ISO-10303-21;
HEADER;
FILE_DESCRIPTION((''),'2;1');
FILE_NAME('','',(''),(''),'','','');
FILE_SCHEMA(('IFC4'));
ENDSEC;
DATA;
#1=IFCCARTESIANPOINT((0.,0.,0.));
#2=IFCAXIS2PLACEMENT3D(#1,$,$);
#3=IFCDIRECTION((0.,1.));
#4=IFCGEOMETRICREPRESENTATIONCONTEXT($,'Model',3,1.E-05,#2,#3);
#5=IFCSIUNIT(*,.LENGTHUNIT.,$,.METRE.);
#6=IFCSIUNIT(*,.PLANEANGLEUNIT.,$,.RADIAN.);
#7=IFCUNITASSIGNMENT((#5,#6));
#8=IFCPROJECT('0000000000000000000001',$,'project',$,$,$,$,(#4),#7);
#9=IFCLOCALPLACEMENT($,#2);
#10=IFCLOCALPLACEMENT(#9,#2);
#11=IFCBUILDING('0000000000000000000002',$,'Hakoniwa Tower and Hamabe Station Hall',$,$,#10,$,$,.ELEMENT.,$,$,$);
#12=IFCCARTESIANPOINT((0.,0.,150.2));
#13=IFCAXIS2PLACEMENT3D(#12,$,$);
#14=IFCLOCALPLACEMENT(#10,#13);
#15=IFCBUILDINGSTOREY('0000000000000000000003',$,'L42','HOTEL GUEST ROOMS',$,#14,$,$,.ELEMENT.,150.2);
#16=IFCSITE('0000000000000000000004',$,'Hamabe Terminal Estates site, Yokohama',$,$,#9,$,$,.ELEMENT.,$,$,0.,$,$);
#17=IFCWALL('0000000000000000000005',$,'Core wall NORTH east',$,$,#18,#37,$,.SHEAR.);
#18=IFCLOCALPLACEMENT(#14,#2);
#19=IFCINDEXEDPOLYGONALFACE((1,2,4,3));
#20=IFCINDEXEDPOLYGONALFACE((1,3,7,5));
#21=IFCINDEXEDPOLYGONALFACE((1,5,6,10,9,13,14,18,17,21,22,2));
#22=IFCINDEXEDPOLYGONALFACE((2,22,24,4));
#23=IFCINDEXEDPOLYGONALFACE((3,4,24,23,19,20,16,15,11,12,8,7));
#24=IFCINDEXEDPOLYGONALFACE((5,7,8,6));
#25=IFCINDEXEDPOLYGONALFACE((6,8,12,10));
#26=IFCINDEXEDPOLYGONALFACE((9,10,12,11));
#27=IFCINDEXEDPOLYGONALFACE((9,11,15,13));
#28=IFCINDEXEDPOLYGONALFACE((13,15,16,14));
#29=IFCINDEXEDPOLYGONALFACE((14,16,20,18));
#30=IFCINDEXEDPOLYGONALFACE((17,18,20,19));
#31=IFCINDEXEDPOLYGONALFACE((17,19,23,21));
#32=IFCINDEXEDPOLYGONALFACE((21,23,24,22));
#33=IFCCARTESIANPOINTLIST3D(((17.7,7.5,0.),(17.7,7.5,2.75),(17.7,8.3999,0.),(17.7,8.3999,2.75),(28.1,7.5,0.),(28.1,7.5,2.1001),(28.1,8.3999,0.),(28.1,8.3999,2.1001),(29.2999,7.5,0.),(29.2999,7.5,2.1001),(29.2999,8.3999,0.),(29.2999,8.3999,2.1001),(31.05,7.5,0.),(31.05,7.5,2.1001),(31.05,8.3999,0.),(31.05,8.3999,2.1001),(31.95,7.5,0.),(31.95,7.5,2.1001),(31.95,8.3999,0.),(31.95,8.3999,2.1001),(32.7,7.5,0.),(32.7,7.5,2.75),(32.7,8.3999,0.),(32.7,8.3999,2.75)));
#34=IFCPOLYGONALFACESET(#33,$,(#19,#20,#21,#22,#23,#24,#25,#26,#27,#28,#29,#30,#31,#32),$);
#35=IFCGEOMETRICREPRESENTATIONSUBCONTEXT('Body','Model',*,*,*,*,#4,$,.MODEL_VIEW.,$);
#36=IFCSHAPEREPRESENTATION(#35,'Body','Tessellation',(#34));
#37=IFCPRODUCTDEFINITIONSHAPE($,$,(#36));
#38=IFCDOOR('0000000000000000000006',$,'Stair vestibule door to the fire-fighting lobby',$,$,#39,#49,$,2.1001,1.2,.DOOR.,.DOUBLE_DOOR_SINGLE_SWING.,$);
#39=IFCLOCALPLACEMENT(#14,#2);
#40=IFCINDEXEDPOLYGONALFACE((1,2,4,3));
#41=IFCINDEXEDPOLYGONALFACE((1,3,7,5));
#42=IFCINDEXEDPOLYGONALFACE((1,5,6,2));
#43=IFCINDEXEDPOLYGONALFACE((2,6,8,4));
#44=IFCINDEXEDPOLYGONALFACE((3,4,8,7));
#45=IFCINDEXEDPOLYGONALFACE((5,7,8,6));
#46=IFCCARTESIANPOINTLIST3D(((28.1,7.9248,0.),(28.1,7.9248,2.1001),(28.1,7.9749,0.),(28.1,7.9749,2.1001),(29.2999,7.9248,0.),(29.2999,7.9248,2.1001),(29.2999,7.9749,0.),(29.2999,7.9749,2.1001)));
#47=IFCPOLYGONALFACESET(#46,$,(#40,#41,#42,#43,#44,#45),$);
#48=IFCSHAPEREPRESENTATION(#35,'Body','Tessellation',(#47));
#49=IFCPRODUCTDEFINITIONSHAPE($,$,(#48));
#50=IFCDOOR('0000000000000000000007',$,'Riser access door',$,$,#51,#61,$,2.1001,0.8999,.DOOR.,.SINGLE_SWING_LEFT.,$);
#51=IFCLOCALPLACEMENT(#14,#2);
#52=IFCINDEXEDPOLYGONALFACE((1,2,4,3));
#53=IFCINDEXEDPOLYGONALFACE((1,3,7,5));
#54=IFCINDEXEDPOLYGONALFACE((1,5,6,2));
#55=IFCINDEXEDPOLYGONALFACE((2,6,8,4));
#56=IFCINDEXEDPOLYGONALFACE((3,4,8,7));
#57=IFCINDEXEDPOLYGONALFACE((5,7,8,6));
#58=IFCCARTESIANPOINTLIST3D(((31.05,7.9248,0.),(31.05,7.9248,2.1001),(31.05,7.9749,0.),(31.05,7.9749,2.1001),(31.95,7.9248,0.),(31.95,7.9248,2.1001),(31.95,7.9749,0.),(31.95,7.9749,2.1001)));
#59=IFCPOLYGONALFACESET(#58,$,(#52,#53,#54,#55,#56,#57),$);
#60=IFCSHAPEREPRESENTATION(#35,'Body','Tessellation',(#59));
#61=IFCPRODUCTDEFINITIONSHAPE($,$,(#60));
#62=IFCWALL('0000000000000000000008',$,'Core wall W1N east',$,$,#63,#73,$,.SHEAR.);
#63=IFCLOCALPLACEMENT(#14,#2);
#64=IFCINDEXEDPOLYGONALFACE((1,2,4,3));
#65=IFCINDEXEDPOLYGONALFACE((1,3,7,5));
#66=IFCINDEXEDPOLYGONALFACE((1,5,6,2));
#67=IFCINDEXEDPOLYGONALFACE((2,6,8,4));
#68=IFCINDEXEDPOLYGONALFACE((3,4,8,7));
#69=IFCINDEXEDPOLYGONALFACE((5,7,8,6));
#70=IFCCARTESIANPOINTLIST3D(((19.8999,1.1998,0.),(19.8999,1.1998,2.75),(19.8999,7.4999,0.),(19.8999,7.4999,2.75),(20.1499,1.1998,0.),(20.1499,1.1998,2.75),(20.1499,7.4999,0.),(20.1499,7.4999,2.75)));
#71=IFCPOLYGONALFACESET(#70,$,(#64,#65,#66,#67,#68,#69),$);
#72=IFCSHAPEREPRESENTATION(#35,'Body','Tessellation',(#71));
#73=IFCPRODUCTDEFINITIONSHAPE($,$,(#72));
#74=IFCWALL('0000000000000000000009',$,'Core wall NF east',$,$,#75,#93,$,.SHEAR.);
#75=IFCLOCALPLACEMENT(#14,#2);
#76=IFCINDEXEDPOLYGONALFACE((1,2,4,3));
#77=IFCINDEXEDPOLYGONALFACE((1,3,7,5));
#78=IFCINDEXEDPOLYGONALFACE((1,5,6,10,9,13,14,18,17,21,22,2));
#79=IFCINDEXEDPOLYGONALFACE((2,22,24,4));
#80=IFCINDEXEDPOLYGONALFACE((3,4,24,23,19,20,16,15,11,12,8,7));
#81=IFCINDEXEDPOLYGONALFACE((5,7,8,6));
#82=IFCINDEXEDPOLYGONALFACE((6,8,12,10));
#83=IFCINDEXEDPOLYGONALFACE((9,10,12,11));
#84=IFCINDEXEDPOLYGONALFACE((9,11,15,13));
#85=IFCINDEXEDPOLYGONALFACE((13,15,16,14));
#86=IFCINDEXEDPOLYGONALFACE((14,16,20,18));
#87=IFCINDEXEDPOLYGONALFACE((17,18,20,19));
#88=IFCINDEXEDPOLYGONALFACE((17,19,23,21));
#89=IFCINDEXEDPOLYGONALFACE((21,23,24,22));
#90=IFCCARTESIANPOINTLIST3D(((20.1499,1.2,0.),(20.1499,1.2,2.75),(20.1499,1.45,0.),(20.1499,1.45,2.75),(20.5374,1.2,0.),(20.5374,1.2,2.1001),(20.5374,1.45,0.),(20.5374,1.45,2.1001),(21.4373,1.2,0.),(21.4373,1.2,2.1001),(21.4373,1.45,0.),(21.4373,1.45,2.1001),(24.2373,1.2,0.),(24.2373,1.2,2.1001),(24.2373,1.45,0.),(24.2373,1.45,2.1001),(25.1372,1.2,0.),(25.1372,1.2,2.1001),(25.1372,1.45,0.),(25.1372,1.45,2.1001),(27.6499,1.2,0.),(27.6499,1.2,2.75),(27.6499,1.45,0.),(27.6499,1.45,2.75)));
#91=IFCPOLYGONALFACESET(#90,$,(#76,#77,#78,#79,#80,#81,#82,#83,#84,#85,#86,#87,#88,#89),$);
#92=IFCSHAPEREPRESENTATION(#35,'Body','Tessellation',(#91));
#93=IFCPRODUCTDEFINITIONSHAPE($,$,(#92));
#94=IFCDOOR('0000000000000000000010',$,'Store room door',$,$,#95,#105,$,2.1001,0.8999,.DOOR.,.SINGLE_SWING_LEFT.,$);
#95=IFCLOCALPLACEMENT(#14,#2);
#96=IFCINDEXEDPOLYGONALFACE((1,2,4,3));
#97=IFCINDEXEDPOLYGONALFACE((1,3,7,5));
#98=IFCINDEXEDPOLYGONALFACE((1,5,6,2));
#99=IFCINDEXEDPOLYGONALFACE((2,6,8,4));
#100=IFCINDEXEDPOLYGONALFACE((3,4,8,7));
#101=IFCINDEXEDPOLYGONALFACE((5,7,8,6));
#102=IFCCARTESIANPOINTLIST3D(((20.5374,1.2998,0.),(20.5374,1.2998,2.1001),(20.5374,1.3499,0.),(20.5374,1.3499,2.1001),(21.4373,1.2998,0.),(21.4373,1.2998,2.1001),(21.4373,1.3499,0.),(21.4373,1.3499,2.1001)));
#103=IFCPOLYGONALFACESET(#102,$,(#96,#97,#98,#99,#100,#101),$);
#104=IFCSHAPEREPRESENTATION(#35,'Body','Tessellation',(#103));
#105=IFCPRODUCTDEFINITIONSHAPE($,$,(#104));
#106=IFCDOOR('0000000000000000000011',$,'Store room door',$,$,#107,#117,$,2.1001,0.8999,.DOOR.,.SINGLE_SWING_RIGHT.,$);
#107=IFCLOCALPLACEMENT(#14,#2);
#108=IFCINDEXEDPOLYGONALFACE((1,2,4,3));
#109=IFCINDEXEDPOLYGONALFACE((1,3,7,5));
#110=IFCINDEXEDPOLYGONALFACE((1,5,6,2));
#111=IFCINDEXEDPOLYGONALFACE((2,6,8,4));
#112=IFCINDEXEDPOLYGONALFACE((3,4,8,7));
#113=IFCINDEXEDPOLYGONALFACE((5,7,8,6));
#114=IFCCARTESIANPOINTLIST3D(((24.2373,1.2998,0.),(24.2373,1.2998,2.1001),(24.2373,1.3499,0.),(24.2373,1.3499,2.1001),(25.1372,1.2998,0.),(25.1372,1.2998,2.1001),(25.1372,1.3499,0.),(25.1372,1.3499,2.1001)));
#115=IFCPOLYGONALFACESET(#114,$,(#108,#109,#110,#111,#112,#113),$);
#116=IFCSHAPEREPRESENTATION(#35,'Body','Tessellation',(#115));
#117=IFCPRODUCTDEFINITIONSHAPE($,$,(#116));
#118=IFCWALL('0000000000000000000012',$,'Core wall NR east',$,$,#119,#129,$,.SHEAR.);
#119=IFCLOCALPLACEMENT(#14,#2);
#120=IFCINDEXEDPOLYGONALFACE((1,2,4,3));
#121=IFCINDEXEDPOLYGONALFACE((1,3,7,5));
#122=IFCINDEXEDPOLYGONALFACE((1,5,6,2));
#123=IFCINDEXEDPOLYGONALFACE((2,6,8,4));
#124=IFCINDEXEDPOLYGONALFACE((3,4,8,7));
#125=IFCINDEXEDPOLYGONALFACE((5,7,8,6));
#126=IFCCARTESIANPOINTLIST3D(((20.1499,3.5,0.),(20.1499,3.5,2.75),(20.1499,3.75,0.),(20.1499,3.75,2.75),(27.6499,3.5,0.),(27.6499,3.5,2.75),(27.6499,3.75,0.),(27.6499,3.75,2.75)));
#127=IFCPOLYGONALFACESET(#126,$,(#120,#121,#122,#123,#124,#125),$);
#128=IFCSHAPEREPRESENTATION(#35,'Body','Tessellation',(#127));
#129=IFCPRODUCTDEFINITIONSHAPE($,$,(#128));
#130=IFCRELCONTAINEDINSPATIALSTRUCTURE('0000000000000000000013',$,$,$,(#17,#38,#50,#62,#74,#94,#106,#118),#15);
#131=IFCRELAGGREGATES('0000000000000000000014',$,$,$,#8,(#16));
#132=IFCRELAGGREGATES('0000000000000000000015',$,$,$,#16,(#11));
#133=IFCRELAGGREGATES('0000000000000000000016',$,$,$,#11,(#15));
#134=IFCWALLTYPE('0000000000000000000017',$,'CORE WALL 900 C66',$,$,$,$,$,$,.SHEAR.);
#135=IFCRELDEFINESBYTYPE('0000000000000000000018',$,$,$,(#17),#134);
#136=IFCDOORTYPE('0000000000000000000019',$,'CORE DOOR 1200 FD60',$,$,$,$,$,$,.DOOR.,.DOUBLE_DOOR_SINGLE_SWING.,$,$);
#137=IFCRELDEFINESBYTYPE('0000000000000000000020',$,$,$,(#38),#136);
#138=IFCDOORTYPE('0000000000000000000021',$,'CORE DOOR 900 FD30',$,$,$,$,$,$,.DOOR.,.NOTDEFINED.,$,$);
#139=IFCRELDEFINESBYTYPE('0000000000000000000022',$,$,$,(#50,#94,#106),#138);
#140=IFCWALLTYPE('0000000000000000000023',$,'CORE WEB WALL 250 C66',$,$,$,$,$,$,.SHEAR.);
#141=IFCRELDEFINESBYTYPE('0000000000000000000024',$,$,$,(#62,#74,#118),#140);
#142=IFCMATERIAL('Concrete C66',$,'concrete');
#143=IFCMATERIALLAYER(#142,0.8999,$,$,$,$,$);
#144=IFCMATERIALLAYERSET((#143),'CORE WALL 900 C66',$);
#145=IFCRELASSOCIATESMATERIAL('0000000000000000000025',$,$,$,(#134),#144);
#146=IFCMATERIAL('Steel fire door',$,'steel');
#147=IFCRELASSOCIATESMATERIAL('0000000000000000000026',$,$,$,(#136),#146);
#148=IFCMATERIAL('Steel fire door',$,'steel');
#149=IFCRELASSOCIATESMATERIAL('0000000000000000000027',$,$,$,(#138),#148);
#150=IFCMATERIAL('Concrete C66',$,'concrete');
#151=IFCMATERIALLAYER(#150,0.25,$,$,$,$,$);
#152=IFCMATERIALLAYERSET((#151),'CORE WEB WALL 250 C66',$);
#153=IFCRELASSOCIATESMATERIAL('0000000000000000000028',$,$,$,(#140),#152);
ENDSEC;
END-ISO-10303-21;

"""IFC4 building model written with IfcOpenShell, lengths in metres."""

from ifc_helpers import new_model, si_unit, direction, frame, frame_2d, origin, place, context, subcontext, project, spatial, rectangle, extrude, material, layer, layer_set, type_object, element, fill, save


model = new_model("IFC4")

# Units and contexts
model_context = context("Model", 3, precision=1e-05, world=origin(), true_north=direction((0.0, 1.0)))
body_context = subcontext(model_context, "Body", "Model", "MODEL_VIEW")
ifc_project = project(units=[si_unit("LENGTHUNIT", "METRE"), si_unit("PLANEANGLEUNIT", "RADIAN")], contexts=[model_context])

# Site, building, storey
site_placement = place(None, origin())
site = spatial("IfcSite", under=ifc_project, at=site_placement, Name="Hamabe Terminal Estates site, Yokohama", CompositionType="ELEMENT", RefElevation=0.0)
building_placement = place(site_placement, origin())
building = spatial("IfcBuilding", under=site, at=building_placement, Name="Hakoniwa Tower and Hamabe Station Hall", CompositionType="ELEMENT")
storey_placement = place(building_placement, frame((0.0, 0.0, 150.2)))
storey = spatial("IfcBuildingStorey", under=building, at=storey_placement, Name="L42", Description="HOTEL GUEST ROOMS", CompositionType="ELEMENT", Elevation=150.2)

# Wall, openings, doors
ifc_material_1 = material(Name="Concrete C66", Category="concrete")
ifc_layer_1 = layer(ifc_material_1, 0.8999)
ifc_layer_set_1 = layer_set([ifc_layer_1], Name="CORE WALL 900 C66")
wall_type_1 = type_object("IfcWallType", Name="CORE WALL 900 C66", PredefinedType="SHEAR", material=ifc_layer_set_1)
wall_1_placement = place(storey_placement, frame((17.7, 7.95, 0.0), z_axis=(0.0, 0.0, 1.0), x_axis=(1.0, 0.0, 0.0)))
wall_1 = element("IfcWall", 1, at=wall_1_placement, inside=storey, type_object=wall_type_1, Name="Core wall NORTH east", PredefinedType="SHEAR", context=body_context, shape_type="SweptSolid", body=[
    extrude(rectangle(XDim=15.0, YDim=0.8999, at=frame_2d((7.5, 0.0))), origin(), (0.0, 0.0, 1.0), 2.75),
])
opening_1_placement = place(wall_1_placement, frame((10.3999, 0.0, 0.0)))
opening_1 = element("IfcOpeningElement", 2, at=opening_1_placement, cuts=wall_1, PredefinedType="OPENING", context=body_context, shape_type="SweptSolid", body=[
    extrude(rectangle(XDim=1.2, YDim=2.1001, at=frame_2d((0.6001, 1.05))), frame((0.0, 0.46, 0.0), z_axis=(0.0, -1.0, 0.0), x_axis=(1.0, 0.0, 0.0)), (0.0, 0.0, 1.0), 0.9199),
])
opening_2_placement = place(wall_1_placement, frame((13.3501, 0.0, 0.0)))
opening_2 = element("IfcOpeningElement", 3, at=opening_2_placement, cuts=wall_1, PredefinedType="OPENING", context=body_context, shape_type="SweptSolid", body=[
    extrude(rectangle(XDim=0.8999, YDim=2.1001, at=frame_2d((0.45, 1.05))), frame((0.0, 0.46, 0.0), z_axis=(0.0, -1.0, 0.0), x_axis=(1.0, 0.0, 0.0)), (0.0, 0.0, 1.0), 0.9199),
])
ifc_material_2 = material(Name="Steel fire door", Category="steel")
door_type_1 = type_object("IfcDoorType", Name="CORE DOOR 1200 FD60", OperationType="DOUBLE_DOOR_SINGLE_SWING", PredefinedType="DOOR", material=ifc_material_2)
door_1_placement = place(opening_1_placement, origin())
door_1 = element("IfcDoor", 4, at=door_1_placement, inside=storey, type_object=door_type_1, Name="Stair vestibule door to the fire-fighting lobby", OperationType="DOUBLE_DOOR_SINGLE_SWING", OverallHeight=2.1001, OverallWidth=1.2, PredefinedType="DOOR", context=body_context, shape_type="SweptSolid", body=[
    extrude(rectangle(XDim=1.2, YDim=2.1001, at=frame_2d((0.6001, 1.05))), frame((0.0, 0.0249, 0.0), z_axis=(0.0, -1.0, 0.0), x_axis=(1.0, 0.0, 0.0)), (0.0, 0.0, 1.0), 0.05),
])
fill(opening_1, door_1)
ifc_material_3 = material(Name="Steel fire door", Category="steel")
door_type_2 = type_object("IfcDoorType", Name="CORE DOOR 900 FD30", OperationType="NOTDEFINED", PredefinedType="DOOR", material=ifc_material_3)
door_2_placement = place(opening_2_placement, origin())
door_2 = element("IfcDoor", 5, at=door_2_placement, inside=storey, type_object=door_type_2, Name="Riser access door", OperationType="SINGLE_SWING_LEFT", OverallHeight=2.1001, OverallWidth=0.8999, PredefinedType="DOOR", context=body_context, shape_type="SweptSolid", body=[
    extrude(rectangle(XDim=0.8999, YDim=2.1001, at=frame_2d((0.45, 1.05))), frame((0.0, 0.0249, 0.0), z_axis=(0.0, -1.0, 0.0), x_axis=(1.0, 0.0, 0.0)), (0.0, 0.0, 1.0), 0.05),
])
fill(opening_2, door_2)

# Wall
ifc_material_4 = material(Name="Concrete C66", Category="concrete")
ifc_layer_2 = layer(ifc_material_4, 0.25)
ifc_layer_set_2 = layer_set([ifc_layer_2], Name="CORE WEB WALL 250 C66")
wall_type_2 = type_object("IfcWallType", Name="CORE WEB WALL 250 C66", PredefinedType="SHEAR", material=ifc_layer_set_2)
wall_2_placement = place(storey_placement, frame((20.0249, 1.2, 0.0), z_axis=(0.0, 0.0, 1.0), x_axis=(0.0, 1.0, 0.0)))
element("IfcWall", 6, at=wall_2_placement, inside=storey, type_object=wall_type_2, Name="Core wall W1N east", PredefinedType="SHEAR", context=body_context, shape_type="SweptSolid", body=[
    extrude(rectangle(XDim=6.3, YDim=0.25, at=frame_2d((3.1499, 0.0))), origin(), (0.0, 0.0, 1.0), 2.75),
])

# Wall, openings, doors
wall_3_placement = place(storey_placement, frame((20.1499, 1.325, 0.0), z_axis=(0.0, 0.0, 1.0), x_axis=(1.0, 0.0, 0.0)))
wall_3 = element("IfcWall", 7, at=wall_3_placement, inside=storey, type_object=wall_type_2, Name="Core wall NF east", PredefinedType="SHEAR", context=body_context, shape_type="SweptSolid", body=[
    extrude(rectangle(XDim=7.5, YDim=0.25, at=frame_2d((3.75, 0.0))), origin(), (0.0, 0.0, 1.0), 2.75),
])
opening_3_placement = place(wall_3_placement, frame((0.3875, 0.0, 0.0)))
opening_3 = element("IfcOpeningElement", 8, at=opening_3_placement, cuts=wall_3, PredefinedType="OPENING", context=body_context, shape_type="SweptSolid", body=[
    extrude(rectangle(XDim=0.8999, YDim=2.1001, at=frame_2d((0.45, 1.05))), frame((0.0, 0.135, 0.0), z_axis=(0.0, -1.0, 0.0), x_axis=(1.0, 0.0, 0.0)), (0.0, 0.0, 1.0), 0.27),
])
opening_4_placement = place(wall_3_placement, frame((4.0874, 0.0, 0.0)))
opening_4 = element("IfcOpeningElement", 9, at=opening_4_placement, cuts=wall_3, PredefinedType="OPENING", context=body_context, shape_type="SweptSolid", body=[
    extrude(rectangle(XDim=0.8999, YDim=2.1001, at=frame_2d((0.45, 1.05))), frame((0.0, 0.135, 0.0), z_axis=(0.0, -1.0, 0.0), x_axis=(1.0, 0.0, 0.0)), (0.0, 0.0, 1.0), 0.27),
])
door_3_placement = place(opening_3_placement, origin())
door_3 = element("IfcDoor", 10, at=door_3_placement, inside=storey, type_object=door_type_2, Name="Store room door", OperationType="SINGLE_SWING_LEFT", OverallHeight=2.1001, OverallWidth=0.8999, PredefinedType="DOOR", context=body_context, shape_type="SweptSolid", body=[
    extrude(rectangle(XDim=0.8999, YDim=2.1001, at=frame_2d((0.45, 1.05))), frame((0.0, 0.0249, 0.0), z_axis=(0.0, -1.0, 0.0), x_axis=(1.0, 0.0, 0.0)), (0.0, 0.0, 1.0), 0.05),
])
fill(opening_3, door_3)
door_4_placement = place(opening_4_placement, origin())
door_4 = element("IfcDoor", 11, at=door_4_placement, inside=storey, type_object=door_type_2, Name="Store room door", OperationType="SINGLE_SWING_RIGHT", OverallHeight=2.1001, OverallWidth=0.8999, PredefinedType="DOOR", context=body_context, shape_type="SweptSolid", body=[
    extrude(rectangle(XDim=0.8999, YDim=2.1001, at=frame_2d((0.45, 1.05))), frame((0.0, 0.0249, 0.0), z_axis=(0.0, -1.0, 0.0), x_axis=(1.0, 0.0, 0.0)), (0.0, 0.0, 1.0), 0.05),
])
fill(opening_4, door_4)

# Wall
wall_4_placement = place(storey_placement, frame((20.1499, 3.625, 0.0), z_axis=(0.0, 0.0, 1.0), x_axis=(1.0, 0.0, 0.0)))
element("IfcWall", 12, at=wall_4_placement, inside=storey, type_object=wall_type_2, Name="Core wall NR east", PredefinedType="SHEAR", context=body_context, shape_type="SweptSolid", body=[
    extrude(rectangle(XDim=7.5, YDim=0.25, at=frame_2d((3.75, 0.0))), origin(), (0.0, 0.0, 1.0), 2.75),
])

save(model, "model.ifc")
